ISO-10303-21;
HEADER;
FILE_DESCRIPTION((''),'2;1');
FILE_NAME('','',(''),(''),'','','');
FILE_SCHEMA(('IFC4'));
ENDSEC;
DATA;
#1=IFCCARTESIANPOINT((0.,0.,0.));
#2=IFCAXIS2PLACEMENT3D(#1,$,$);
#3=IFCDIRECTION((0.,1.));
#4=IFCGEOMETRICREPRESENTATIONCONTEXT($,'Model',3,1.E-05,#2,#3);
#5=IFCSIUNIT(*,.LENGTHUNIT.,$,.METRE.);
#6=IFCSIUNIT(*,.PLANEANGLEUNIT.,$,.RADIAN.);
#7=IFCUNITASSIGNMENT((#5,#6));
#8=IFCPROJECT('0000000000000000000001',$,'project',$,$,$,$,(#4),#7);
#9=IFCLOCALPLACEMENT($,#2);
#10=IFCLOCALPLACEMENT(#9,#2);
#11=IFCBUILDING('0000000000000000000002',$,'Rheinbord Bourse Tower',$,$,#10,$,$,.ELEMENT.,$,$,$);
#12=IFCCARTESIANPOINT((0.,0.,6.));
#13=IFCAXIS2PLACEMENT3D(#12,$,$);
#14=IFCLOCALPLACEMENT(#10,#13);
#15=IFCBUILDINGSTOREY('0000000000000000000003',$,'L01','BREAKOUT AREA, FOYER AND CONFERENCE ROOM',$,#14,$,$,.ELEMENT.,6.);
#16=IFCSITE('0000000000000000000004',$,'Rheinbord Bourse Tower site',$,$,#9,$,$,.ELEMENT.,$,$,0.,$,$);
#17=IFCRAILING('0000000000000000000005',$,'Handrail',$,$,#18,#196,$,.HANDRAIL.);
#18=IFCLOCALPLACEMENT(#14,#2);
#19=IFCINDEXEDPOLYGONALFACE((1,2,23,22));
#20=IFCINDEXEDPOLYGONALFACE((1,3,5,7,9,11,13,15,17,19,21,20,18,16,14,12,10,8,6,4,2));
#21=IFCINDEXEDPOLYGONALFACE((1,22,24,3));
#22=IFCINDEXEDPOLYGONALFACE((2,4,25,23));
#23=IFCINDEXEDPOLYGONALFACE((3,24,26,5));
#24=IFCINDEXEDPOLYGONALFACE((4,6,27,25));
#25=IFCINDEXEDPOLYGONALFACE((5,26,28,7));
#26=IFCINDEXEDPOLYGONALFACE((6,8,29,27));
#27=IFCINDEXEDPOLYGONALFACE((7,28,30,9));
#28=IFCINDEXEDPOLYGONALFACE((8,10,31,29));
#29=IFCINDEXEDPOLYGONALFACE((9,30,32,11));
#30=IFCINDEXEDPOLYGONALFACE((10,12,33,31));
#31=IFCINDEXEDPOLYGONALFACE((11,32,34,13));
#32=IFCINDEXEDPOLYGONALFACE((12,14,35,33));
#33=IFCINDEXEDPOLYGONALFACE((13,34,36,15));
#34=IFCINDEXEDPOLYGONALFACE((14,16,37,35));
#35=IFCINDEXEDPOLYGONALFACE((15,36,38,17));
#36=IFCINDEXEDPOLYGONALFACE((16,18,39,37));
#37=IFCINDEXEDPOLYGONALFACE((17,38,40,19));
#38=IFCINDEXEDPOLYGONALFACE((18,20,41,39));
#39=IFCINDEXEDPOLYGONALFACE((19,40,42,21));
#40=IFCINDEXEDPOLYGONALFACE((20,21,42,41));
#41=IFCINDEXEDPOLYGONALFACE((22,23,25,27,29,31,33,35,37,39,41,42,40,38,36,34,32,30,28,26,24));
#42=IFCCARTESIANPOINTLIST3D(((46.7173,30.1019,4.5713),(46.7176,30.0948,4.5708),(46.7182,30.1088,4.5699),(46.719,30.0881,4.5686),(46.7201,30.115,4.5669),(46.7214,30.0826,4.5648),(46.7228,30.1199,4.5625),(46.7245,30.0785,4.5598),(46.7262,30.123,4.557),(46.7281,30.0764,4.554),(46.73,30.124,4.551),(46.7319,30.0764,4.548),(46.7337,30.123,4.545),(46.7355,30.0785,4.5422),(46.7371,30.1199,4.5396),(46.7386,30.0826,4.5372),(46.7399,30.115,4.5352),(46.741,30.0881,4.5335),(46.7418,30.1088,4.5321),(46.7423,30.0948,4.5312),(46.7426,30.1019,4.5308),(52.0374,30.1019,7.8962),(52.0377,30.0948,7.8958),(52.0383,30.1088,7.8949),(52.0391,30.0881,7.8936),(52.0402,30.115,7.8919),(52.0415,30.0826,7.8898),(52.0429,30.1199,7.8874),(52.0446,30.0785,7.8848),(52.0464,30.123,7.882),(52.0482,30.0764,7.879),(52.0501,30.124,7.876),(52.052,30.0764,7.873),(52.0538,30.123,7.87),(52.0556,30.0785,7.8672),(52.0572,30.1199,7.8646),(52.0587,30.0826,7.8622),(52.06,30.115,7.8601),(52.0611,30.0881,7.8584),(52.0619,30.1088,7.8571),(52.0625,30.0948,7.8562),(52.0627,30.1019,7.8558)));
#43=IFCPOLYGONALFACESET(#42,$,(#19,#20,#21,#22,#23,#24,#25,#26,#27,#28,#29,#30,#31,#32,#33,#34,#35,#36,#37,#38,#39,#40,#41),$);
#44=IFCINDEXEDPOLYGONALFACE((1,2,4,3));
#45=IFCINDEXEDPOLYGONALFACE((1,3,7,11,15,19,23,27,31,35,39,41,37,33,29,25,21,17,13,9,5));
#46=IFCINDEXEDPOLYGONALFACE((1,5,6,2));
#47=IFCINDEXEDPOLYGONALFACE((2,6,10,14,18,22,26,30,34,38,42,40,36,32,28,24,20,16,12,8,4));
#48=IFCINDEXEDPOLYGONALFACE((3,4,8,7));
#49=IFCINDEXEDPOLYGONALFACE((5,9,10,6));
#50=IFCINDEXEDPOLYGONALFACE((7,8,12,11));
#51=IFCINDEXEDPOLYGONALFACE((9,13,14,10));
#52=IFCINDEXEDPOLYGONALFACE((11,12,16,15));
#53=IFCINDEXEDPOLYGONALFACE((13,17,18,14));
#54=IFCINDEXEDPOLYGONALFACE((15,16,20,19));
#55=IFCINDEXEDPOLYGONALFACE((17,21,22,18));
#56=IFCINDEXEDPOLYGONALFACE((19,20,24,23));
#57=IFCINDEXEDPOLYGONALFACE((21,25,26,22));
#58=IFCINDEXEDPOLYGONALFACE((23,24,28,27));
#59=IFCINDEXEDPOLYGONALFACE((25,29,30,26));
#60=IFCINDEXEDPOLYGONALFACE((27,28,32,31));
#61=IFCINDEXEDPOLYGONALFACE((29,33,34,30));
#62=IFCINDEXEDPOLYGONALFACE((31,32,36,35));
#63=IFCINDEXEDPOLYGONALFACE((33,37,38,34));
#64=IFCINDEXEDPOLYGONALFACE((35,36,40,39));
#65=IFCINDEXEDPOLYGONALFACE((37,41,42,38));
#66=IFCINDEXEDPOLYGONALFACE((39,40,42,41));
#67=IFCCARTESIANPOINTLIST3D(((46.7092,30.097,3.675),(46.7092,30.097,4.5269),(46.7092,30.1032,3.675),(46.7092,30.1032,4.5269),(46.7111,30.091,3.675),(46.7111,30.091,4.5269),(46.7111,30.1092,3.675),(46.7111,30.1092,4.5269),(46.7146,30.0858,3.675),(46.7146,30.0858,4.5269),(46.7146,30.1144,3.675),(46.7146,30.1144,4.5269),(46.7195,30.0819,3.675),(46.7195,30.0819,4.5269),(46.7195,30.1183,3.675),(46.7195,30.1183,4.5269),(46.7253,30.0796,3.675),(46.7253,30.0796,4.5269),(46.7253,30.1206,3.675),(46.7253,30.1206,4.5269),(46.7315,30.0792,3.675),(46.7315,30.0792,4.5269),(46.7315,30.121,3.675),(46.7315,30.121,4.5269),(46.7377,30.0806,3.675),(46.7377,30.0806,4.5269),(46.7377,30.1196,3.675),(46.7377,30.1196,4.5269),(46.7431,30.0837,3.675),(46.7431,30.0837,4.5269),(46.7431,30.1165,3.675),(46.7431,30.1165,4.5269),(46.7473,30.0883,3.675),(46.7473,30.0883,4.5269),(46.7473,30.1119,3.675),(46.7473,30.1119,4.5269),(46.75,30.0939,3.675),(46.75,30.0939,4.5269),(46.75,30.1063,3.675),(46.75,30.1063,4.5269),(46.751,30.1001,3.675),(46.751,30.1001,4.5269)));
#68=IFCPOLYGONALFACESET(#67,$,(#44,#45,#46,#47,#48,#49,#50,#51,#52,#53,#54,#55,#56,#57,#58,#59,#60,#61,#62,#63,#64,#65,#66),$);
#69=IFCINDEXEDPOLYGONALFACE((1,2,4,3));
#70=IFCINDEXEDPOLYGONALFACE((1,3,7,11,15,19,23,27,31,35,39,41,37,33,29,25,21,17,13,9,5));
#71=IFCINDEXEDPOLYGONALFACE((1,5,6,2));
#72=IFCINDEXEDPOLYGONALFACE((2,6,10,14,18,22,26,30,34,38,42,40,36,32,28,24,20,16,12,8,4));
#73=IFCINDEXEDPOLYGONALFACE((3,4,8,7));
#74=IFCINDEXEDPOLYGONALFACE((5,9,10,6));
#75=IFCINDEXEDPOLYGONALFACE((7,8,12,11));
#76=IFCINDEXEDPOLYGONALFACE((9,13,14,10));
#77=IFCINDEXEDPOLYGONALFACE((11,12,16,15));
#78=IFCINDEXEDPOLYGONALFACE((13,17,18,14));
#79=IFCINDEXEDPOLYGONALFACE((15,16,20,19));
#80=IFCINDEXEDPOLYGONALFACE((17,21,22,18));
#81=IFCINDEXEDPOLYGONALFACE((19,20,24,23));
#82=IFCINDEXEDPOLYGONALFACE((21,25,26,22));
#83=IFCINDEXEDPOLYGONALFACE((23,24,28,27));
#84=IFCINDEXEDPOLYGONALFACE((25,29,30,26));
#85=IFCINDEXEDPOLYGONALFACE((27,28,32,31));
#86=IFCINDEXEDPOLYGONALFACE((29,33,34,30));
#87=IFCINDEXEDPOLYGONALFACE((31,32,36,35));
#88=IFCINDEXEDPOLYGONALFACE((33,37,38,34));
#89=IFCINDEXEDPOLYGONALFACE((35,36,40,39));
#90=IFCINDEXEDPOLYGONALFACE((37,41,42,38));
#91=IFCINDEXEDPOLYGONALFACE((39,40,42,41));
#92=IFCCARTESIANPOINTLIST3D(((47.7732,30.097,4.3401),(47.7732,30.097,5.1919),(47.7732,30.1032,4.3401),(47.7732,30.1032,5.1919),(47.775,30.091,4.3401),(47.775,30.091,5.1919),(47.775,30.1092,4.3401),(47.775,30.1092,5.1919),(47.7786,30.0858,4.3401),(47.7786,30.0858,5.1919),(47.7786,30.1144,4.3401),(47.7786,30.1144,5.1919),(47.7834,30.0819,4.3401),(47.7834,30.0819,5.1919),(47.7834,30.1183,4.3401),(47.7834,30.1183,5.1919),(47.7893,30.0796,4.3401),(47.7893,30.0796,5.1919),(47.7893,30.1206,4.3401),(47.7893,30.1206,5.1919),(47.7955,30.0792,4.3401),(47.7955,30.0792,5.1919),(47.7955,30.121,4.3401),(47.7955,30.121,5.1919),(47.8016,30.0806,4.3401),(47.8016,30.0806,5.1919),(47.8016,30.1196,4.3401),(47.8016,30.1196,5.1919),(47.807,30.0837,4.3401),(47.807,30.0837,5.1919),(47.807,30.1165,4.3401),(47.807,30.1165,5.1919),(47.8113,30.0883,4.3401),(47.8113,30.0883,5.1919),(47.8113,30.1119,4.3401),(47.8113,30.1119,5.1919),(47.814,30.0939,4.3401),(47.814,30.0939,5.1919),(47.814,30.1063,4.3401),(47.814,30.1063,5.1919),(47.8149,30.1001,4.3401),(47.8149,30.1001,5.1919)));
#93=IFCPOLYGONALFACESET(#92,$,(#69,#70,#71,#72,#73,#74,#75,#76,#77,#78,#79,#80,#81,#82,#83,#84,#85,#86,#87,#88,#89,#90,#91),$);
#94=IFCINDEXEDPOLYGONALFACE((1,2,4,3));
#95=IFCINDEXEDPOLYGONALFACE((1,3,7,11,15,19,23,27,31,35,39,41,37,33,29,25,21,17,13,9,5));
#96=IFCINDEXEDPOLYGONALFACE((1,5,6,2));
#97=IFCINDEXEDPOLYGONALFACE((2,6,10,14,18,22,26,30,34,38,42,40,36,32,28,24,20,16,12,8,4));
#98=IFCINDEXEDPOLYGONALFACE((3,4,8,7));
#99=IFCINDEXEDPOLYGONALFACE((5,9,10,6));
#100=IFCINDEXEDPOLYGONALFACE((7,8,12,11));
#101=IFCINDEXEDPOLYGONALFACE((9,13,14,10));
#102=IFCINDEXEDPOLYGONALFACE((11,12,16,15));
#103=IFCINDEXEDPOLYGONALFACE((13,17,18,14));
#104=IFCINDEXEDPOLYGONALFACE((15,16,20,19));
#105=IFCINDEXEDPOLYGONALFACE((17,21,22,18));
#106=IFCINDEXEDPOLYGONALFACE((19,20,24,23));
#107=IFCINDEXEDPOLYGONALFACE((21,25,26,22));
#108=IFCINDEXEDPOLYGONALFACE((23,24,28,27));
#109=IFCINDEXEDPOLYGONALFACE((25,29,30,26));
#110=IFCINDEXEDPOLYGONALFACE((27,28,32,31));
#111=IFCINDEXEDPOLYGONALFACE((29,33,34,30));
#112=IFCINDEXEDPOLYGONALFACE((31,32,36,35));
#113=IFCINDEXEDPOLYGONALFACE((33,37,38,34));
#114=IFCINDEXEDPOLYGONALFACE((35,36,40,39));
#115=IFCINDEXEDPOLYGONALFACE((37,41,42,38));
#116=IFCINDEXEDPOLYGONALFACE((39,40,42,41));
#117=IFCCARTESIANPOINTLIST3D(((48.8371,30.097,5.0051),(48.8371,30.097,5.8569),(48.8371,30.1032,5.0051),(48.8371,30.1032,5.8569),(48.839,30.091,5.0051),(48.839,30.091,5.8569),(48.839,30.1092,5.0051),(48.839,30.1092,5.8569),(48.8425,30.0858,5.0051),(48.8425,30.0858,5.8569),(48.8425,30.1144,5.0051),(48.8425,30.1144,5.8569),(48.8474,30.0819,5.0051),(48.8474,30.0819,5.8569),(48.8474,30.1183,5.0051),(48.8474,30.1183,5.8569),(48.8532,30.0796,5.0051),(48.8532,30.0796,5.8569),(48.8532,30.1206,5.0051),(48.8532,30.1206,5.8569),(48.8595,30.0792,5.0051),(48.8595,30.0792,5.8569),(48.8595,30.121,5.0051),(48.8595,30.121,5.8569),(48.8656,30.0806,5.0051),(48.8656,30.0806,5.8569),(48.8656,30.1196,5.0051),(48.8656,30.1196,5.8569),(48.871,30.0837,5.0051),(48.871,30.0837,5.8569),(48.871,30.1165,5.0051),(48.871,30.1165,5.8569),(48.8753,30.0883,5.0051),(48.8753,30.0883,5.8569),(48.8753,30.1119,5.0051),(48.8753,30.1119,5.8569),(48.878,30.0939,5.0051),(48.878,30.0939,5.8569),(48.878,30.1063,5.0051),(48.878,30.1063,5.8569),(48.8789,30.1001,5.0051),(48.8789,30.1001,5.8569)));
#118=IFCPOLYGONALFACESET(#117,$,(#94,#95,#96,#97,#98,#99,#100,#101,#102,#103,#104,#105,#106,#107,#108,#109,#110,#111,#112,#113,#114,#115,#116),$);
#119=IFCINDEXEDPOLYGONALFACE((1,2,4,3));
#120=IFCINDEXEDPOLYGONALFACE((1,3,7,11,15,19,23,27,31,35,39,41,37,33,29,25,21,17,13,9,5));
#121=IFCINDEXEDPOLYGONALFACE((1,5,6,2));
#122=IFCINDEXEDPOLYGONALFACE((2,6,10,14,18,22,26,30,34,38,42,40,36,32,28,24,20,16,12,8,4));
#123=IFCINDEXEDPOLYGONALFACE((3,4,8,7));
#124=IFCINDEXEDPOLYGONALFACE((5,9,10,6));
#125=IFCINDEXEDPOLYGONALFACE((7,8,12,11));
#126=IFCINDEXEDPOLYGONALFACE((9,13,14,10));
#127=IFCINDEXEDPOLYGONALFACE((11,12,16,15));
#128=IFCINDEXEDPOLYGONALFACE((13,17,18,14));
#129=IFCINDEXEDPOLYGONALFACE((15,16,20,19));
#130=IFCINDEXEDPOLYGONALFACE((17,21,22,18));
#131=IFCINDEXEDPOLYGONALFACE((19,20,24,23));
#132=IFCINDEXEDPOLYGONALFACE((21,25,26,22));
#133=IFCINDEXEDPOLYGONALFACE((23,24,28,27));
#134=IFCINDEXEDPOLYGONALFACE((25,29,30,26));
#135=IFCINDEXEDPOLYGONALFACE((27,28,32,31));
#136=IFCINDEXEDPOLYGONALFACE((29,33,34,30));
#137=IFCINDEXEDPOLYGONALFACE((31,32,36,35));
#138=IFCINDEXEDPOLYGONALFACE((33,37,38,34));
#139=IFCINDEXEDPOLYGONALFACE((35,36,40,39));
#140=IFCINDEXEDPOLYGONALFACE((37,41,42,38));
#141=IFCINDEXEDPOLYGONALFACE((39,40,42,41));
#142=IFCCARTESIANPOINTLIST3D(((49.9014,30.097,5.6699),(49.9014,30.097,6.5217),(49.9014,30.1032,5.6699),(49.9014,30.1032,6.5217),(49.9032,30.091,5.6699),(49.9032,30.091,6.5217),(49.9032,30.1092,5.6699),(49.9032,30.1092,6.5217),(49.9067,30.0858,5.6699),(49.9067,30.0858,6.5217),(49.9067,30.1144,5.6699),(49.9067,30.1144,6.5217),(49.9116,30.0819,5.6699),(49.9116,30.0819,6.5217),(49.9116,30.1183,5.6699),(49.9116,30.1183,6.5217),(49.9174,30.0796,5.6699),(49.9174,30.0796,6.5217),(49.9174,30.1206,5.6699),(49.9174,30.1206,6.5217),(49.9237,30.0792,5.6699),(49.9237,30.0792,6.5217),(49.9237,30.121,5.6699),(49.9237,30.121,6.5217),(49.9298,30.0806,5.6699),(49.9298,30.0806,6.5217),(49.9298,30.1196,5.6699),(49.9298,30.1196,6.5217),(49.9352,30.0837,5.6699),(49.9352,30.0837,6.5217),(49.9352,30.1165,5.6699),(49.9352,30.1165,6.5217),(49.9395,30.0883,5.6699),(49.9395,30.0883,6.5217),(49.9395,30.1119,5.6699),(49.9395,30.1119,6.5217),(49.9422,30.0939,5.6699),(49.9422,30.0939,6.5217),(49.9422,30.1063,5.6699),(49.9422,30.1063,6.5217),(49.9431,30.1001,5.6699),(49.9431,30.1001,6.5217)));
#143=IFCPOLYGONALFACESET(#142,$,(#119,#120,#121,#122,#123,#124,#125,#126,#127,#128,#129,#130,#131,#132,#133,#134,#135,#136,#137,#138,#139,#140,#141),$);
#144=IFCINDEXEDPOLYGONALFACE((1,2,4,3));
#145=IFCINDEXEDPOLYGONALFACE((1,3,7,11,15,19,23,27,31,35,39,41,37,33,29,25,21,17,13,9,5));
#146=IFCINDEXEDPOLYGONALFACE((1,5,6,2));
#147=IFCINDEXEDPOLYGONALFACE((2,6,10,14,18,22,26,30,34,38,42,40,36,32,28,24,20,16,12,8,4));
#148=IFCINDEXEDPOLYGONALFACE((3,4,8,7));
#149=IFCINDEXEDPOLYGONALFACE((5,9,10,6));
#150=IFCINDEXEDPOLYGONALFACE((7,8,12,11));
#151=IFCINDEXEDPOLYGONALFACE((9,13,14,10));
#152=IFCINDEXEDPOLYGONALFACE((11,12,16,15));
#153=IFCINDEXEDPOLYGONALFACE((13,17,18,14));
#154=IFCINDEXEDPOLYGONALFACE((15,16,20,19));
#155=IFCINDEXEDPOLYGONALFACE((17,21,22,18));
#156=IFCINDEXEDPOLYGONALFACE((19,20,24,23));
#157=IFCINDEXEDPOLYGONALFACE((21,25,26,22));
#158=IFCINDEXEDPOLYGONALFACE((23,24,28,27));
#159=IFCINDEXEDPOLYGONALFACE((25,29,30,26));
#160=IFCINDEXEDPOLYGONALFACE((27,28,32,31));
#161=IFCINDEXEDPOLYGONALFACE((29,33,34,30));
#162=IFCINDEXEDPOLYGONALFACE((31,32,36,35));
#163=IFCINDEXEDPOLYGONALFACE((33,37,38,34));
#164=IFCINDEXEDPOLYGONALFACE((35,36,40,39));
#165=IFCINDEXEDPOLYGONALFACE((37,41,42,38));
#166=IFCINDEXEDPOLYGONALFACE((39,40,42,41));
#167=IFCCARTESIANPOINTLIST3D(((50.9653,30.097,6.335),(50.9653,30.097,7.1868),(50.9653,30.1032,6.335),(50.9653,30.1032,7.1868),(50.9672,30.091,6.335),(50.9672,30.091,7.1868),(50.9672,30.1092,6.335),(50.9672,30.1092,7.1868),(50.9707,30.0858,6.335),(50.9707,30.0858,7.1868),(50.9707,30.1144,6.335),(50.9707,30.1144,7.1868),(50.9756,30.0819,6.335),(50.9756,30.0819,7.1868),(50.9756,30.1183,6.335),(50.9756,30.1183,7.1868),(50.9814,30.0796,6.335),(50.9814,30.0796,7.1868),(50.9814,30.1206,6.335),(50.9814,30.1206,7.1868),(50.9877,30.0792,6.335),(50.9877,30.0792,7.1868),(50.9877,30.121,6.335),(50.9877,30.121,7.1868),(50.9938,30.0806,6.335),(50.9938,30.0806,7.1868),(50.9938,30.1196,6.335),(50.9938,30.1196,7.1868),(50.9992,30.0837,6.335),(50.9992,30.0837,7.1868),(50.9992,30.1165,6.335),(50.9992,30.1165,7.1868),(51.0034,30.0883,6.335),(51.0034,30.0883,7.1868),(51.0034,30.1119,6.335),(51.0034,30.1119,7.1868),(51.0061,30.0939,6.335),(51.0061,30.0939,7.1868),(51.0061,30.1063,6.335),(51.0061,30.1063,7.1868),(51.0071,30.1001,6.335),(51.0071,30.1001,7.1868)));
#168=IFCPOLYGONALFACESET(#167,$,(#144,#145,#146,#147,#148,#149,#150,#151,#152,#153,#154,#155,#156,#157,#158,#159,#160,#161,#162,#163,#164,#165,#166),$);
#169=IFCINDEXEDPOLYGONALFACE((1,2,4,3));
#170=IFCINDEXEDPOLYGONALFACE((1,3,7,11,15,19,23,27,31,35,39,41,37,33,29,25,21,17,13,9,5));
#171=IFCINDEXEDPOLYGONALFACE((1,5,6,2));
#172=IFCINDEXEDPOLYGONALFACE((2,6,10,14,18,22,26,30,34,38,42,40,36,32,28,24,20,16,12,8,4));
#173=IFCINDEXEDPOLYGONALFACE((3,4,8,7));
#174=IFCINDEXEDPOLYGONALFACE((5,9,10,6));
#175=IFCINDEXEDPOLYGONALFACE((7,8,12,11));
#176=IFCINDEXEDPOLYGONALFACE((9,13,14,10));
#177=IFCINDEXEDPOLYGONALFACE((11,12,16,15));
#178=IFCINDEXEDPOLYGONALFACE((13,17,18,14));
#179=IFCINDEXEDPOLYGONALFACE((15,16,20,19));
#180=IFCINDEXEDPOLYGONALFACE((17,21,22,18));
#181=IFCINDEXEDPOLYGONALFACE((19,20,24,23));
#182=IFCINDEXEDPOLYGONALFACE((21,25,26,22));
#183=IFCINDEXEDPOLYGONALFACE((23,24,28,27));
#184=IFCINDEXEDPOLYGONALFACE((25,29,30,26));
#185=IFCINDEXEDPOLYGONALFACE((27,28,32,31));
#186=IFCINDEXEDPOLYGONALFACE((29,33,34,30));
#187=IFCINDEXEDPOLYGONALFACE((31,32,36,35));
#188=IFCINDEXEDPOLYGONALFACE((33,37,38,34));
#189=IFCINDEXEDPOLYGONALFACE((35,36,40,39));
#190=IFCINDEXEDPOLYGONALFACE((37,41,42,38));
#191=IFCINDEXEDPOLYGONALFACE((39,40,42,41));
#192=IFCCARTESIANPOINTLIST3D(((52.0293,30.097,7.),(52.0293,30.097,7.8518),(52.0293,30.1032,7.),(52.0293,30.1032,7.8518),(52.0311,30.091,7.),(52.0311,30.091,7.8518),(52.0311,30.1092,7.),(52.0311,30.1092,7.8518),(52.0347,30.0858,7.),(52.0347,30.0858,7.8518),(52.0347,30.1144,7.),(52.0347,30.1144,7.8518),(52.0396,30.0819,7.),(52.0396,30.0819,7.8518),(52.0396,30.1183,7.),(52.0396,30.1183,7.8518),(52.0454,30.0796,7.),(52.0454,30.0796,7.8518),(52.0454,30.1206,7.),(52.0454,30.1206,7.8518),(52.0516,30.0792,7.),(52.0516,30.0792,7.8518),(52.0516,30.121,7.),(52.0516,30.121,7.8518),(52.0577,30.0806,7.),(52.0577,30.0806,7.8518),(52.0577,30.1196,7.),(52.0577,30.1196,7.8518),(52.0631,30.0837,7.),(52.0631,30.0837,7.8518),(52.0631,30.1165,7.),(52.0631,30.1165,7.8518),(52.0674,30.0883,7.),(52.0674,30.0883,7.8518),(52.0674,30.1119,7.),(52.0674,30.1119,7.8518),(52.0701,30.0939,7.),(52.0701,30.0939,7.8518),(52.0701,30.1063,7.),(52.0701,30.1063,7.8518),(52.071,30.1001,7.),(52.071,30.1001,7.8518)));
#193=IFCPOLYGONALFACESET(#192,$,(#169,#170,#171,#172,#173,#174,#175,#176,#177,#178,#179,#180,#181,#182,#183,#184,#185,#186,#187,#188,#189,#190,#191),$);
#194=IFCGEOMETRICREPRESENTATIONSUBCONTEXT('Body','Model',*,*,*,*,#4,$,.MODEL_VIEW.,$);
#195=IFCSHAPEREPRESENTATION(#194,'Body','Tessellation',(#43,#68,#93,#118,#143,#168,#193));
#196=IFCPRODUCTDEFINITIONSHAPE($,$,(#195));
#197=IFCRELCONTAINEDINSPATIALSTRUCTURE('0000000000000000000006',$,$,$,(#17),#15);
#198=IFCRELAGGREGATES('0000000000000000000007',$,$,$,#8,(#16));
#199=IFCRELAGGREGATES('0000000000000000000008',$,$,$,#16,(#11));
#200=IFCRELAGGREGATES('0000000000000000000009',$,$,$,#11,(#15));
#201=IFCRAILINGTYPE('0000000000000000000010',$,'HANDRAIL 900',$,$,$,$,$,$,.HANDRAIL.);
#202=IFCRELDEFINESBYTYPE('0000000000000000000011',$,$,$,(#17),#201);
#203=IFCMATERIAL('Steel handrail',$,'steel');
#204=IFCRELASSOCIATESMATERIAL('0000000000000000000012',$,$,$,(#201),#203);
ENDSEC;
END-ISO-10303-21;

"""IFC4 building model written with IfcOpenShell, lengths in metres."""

from ifc_helpers import new_model, si_unit, direction, frame, origin, origin_2d, place, context, subcontext, project, spatial, circle, extrude, material, type_object, element, save


model = new_model("IFC4")

# Units and contexts
model_context = context("Model", 3, precision=1e-05, world=origin(), true_north=direction((0.0, 1.0)))
body_context = subcontext(model_context, "Body", "Model", "MODEL_VIEW")
ifc_project = project(units=[si_unit("LENGTHUNIT", "METRE"), si_unit("PLANEANGLEUNIT", "RADIAN")], contexts=[model_context])

# Site, building, storey
site_placement = place(None, origin())
site = spatial("IfcSite", under=ifc_project, at=site_placement, Name="Rheinbord Bourse Tower site", CompositionType="ELEMENT", RefElevation=0.0)
building_placement = place(site_placement, origin())
building = spatial("IfcBuilding", under=site, at=building_placement, Name="Rheinbord Bourse Tower", CompositionType="ELEMENT")
storey_placement = place(building_placement, frame((0.0, 0.0, 6.0)))
storey = spatial("IfcBuildingStorey", under=building, at=storey_placement, Name="L01", Description="BREAKOUT AREA, FOYER AND CONFERENCE ROOM", CompositionType="ELEMENT", Elevation=6.0)

# Railing
ifc_material_1 = material(Name="Steel handrail", Category="steel")
railing_type = type_object("IfcRailingType", Name="HANDRAIL 900", PredefinedType="HANDRAIL", material=ifc_material_1)
railing_1_placement = place(storey_placement, frame((46.73, 30.1001, 3.675)))
element("IfcRailing", 1, at=railing_1_placement, inside=storey, type_object=railing_type, Name="Handrail", PredefinedType="HANDRAIL", context=body_context, shape_type="SweptSolid", body=[
    extrude(circle(Radius=0.0239, at=origin_2d()), frame((0.0, 0.0, 0.876), z_axis=(0.848005, 0.0, 0.529988), x_axis=(0.0, 1.0, 0.0)), (0.0, 0.0, 1.0), 6.2737),
    extrude(circle(Radius=0.021, at=origin_2d()), origin(), (0.0, 0.0, 1.0), 0.8518),
    extrude(circle(Radius=0.021, at=origin_2d()), frame((1.064, 0.0, 0.665)), (0.0, 0.0, 1.0), 0.8518),
    extrude(circle(Radius=0.021, at=origin_2d()), frame((2.1279, 0.0, 1.3301)), (0.0, 0.0, 1.0), 0.8518),
    extrude(circle(Radius=0.021, at=origin_2d()), frame((3.1921, 0.0, 1.9949)), (0.0, 0.0, 1.0), 0.8518),
    extrude(circle(Radius=0.021, at=origin_2d()), frame((4.2561, 0.0, 2.6599)), (0.0, 0.0, 1.0), 0.8518),
    extrude(circle(Radius=0.021, at=origin_2d()), frame((5.3201, 0.0, 3.325)), (0.0, 0.0, 1.0), 0.8518),
])

save(model, "model.ifc")
